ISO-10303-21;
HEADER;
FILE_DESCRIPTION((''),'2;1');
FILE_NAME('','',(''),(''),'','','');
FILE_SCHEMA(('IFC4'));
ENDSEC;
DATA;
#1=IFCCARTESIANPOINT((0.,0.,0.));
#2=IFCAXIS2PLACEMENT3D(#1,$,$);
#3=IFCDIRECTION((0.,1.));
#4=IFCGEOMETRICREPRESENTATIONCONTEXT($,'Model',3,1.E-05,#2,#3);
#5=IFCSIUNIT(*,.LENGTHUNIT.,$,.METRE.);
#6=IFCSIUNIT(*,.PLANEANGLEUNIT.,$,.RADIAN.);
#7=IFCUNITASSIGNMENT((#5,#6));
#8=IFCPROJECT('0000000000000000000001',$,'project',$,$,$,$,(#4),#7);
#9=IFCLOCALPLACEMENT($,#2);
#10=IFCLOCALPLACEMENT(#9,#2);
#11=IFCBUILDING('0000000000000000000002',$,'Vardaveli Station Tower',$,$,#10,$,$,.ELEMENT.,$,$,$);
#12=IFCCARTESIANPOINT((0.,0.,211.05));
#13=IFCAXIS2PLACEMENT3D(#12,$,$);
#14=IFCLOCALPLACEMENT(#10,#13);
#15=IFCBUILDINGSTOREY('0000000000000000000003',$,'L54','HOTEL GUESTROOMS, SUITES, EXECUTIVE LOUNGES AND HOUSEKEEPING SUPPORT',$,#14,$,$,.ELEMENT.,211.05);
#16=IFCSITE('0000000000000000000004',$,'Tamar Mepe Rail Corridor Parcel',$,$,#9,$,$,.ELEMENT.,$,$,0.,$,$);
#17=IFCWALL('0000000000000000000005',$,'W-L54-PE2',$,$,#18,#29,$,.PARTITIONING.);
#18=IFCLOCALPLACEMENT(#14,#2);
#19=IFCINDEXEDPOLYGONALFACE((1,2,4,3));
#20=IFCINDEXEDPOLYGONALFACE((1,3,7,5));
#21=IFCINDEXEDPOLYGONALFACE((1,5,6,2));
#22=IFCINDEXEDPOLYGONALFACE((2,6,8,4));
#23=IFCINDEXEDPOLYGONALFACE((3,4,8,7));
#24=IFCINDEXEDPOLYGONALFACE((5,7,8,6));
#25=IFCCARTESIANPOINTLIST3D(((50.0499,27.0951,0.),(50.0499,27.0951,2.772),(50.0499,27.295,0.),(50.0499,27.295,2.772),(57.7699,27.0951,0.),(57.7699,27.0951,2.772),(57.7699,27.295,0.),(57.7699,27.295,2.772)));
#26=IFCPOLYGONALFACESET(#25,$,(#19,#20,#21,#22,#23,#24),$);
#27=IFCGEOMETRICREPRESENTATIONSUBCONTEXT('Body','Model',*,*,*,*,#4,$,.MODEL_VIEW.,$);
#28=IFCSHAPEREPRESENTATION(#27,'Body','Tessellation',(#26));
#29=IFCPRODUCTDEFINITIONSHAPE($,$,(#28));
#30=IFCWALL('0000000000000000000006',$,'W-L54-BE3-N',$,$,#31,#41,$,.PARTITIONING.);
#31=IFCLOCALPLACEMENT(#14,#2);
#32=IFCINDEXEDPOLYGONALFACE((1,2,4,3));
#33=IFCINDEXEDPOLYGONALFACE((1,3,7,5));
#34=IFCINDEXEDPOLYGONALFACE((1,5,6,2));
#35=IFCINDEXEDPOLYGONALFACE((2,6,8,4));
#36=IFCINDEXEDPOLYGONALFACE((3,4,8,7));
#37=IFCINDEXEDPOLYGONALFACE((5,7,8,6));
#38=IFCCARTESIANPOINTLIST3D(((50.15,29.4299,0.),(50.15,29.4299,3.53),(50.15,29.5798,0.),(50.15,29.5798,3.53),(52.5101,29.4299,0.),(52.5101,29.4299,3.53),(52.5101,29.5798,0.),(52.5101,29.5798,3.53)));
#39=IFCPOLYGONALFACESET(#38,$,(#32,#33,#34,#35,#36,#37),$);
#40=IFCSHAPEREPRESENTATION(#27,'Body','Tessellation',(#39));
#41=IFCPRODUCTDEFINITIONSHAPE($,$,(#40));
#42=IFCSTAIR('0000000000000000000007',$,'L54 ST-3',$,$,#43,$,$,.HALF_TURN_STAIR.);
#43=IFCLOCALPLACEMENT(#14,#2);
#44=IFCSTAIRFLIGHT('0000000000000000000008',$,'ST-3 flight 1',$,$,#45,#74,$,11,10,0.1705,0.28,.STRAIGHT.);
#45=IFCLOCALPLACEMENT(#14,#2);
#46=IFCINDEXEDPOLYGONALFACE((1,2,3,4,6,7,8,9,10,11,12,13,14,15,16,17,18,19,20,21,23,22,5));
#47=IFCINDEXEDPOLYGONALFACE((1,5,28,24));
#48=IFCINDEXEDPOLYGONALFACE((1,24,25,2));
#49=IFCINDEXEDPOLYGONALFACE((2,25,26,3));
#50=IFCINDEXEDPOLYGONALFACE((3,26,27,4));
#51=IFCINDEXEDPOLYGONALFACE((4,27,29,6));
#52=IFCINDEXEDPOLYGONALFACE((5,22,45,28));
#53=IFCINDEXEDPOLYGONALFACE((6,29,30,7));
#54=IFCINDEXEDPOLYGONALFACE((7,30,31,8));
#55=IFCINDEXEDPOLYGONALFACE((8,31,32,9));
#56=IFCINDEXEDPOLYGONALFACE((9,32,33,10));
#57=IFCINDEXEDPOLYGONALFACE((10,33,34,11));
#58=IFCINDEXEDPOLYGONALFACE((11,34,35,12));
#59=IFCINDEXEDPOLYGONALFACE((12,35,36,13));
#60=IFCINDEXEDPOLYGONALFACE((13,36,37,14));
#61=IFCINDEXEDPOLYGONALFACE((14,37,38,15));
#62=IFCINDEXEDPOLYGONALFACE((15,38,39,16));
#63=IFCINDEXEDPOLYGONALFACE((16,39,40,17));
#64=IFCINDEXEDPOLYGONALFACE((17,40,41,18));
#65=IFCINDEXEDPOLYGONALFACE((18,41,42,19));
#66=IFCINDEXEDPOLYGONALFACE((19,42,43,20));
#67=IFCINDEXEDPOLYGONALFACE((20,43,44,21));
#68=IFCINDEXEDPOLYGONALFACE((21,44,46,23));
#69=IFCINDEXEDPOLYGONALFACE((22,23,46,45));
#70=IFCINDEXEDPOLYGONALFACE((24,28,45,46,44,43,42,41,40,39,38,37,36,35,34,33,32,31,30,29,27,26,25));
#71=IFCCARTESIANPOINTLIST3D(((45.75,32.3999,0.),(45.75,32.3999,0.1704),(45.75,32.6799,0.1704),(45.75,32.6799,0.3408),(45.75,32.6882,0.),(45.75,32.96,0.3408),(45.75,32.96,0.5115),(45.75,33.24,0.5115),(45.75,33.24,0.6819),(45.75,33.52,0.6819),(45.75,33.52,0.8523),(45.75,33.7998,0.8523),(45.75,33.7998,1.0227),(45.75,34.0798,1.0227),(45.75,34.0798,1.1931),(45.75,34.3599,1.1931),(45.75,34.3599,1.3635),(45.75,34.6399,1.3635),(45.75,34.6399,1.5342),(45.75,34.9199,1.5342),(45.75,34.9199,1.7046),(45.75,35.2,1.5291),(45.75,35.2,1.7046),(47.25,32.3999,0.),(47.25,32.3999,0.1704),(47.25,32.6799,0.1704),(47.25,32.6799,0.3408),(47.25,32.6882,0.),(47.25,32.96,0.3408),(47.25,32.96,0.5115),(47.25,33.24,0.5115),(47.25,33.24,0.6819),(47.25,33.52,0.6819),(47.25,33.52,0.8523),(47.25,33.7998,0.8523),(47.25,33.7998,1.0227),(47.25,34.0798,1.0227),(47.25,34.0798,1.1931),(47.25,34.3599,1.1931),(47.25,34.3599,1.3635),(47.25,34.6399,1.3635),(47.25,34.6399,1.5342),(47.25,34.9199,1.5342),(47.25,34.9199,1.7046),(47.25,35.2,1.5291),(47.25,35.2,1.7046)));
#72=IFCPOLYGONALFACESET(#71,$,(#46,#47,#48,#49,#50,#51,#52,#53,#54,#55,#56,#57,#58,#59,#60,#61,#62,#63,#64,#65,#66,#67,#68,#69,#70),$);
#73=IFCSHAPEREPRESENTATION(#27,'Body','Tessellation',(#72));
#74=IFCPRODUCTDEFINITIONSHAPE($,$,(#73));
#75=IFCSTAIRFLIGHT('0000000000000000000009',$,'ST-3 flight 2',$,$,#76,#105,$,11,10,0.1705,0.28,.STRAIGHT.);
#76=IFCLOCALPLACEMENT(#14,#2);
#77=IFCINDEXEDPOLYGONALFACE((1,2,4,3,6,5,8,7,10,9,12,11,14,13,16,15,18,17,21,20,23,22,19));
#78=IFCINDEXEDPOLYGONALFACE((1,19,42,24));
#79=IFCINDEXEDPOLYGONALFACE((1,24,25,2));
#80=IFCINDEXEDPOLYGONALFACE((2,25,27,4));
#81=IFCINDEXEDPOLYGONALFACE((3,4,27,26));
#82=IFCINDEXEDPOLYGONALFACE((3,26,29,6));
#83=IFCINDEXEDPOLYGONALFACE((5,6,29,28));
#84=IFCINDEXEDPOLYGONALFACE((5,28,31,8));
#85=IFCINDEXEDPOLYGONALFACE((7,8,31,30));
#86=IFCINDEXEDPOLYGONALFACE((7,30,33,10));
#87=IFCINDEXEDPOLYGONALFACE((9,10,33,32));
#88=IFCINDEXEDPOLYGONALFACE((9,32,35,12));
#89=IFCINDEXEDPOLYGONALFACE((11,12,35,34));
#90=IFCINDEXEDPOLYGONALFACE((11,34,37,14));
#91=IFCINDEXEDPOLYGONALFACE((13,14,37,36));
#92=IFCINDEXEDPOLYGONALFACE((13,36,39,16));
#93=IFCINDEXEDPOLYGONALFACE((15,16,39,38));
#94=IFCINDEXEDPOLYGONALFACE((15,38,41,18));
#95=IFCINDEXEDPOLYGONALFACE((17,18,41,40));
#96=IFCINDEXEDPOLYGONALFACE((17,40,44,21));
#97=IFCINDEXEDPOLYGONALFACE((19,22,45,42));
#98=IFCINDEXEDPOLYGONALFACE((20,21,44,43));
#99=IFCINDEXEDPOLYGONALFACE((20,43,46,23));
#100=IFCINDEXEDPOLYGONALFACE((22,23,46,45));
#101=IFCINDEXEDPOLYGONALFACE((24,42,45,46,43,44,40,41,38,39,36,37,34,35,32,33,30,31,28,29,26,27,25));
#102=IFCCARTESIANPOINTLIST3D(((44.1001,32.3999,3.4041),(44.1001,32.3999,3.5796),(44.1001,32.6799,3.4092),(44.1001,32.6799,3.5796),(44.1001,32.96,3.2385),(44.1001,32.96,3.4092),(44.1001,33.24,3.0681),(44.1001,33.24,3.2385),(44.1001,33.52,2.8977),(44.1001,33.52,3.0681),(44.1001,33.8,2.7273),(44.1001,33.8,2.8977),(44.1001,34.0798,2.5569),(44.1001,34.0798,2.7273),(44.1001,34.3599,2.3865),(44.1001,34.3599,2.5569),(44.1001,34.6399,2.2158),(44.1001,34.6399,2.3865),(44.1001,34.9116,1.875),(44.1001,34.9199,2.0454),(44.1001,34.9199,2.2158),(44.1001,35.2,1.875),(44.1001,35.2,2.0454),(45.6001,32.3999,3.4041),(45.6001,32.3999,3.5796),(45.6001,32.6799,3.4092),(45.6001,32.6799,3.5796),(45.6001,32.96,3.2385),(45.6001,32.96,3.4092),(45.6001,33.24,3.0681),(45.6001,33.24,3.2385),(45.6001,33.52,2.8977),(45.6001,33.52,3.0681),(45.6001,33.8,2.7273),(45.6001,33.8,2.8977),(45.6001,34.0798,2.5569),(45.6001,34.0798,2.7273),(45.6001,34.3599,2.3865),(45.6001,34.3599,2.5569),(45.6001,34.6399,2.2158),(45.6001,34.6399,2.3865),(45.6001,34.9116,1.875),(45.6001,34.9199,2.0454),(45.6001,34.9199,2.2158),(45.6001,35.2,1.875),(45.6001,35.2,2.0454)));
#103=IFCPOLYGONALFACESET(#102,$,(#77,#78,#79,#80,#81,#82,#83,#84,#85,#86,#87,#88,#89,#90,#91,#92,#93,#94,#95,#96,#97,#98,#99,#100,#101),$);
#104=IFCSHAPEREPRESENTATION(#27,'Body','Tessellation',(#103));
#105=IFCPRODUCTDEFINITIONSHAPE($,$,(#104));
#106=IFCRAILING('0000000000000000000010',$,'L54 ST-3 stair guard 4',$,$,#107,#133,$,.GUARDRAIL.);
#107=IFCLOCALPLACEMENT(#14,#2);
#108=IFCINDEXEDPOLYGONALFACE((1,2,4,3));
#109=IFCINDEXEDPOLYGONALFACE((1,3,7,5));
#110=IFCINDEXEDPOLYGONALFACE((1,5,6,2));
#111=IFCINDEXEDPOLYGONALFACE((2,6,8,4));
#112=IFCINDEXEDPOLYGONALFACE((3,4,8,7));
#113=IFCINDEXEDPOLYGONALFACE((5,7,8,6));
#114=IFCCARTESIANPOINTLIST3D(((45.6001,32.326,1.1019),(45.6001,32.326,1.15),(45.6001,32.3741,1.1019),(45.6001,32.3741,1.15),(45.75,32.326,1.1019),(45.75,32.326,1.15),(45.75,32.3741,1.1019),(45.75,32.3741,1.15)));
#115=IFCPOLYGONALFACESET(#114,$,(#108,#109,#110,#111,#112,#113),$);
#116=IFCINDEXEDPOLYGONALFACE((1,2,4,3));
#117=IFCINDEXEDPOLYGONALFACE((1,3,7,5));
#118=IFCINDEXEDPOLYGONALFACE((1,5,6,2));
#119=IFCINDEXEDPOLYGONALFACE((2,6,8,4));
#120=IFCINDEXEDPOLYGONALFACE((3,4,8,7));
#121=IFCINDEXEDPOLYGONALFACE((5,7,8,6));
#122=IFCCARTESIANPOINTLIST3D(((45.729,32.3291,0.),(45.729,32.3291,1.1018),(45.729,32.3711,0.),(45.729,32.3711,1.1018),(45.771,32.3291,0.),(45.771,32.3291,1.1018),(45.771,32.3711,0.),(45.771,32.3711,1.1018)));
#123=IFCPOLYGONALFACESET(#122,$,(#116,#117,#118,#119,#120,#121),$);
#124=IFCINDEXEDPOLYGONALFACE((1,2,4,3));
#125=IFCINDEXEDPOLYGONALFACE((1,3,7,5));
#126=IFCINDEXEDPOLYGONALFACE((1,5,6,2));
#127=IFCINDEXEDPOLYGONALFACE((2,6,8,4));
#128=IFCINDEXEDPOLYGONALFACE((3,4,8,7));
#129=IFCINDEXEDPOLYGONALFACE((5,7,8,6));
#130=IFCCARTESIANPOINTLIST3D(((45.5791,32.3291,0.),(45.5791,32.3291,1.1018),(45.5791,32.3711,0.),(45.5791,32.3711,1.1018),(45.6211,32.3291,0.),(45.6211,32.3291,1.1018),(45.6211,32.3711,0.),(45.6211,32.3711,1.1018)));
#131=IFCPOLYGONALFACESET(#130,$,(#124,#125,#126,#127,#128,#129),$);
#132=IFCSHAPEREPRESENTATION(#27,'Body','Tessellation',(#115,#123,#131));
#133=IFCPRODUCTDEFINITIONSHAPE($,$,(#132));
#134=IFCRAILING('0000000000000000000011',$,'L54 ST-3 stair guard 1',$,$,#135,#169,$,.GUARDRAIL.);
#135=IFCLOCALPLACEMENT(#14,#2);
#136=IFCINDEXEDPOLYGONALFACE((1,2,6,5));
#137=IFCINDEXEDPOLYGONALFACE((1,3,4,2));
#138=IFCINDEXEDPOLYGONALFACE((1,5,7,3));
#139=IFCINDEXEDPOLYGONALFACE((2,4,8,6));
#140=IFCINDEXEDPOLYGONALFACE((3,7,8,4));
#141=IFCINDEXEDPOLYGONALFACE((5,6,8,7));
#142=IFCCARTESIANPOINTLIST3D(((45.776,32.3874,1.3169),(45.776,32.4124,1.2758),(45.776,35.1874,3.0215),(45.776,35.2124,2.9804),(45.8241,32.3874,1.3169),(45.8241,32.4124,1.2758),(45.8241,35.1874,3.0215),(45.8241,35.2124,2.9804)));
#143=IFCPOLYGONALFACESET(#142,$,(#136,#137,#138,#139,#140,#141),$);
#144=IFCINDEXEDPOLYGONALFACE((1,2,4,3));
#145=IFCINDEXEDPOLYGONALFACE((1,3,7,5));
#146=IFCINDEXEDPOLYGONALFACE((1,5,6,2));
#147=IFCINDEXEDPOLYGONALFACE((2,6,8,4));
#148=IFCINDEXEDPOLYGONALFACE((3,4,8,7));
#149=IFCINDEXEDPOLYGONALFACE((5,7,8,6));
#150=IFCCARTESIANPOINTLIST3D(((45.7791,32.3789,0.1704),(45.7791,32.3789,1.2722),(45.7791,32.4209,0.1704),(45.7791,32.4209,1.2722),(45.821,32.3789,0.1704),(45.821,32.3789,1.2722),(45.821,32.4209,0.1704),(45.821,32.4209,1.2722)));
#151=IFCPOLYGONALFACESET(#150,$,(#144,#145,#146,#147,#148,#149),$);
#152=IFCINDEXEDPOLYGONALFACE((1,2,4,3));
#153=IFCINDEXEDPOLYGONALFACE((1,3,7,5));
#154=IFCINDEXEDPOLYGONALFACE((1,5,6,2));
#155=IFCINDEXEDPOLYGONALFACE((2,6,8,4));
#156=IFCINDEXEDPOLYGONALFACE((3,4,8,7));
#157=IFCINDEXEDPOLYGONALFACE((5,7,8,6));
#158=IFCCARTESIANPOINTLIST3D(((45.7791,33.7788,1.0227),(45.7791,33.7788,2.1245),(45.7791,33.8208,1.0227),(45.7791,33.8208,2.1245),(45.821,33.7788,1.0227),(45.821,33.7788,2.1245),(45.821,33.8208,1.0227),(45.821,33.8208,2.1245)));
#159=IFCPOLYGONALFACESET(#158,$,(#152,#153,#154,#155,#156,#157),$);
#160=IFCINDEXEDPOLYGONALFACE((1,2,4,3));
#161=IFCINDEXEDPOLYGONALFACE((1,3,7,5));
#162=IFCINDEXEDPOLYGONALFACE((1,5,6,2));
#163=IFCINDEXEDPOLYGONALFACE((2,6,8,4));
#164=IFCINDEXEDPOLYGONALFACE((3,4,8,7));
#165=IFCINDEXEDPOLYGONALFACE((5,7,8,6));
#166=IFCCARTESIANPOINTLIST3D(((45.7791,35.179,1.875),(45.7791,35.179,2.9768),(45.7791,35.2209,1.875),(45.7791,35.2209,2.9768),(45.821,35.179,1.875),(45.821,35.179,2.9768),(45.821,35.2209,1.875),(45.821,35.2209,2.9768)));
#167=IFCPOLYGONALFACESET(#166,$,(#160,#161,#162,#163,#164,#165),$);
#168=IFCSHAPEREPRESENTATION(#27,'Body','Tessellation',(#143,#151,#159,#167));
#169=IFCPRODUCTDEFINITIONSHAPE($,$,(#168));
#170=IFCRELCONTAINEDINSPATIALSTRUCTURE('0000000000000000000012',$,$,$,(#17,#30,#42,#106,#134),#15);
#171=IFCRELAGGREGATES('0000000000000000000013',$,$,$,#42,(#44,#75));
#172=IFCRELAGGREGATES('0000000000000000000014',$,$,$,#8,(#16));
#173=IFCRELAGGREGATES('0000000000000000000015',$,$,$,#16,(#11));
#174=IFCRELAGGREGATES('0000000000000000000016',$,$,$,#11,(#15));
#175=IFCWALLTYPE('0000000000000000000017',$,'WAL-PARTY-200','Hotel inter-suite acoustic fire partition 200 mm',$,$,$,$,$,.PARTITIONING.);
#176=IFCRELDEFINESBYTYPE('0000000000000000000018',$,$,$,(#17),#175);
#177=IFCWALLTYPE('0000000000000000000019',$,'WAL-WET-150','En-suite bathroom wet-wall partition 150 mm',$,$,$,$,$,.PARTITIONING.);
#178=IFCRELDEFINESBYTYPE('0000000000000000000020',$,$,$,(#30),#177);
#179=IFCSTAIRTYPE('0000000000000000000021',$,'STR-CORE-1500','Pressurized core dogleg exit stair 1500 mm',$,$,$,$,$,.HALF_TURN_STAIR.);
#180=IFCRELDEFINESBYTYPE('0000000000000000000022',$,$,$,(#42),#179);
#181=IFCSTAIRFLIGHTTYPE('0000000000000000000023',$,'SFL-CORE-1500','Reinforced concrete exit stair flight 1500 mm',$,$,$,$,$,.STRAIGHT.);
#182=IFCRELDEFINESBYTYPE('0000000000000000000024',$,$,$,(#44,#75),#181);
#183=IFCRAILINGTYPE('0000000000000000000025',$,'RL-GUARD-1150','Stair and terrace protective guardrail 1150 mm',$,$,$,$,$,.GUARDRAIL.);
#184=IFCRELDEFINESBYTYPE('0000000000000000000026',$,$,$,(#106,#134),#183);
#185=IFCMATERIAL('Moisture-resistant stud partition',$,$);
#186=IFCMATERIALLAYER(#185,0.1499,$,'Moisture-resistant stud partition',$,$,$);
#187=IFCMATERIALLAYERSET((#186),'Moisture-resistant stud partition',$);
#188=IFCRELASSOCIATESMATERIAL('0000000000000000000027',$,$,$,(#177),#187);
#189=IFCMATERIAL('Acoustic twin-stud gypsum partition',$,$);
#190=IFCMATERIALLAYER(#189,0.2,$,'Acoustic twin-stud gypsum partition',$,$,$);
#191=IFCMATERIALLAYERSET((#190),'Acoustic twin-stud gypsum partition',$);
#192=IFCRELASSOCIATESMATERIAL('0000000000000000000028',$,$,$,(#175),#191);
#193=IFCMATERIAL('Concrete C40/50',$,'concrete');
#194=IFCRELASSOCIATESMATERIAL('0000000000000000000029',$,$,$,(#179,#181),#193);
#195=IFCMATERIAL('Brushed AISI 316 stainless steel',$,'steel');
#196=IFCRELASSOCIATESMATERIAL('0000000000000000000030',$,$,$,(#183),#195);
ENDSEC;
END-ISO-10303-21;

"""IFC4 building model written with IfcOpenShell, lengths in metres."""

from ifc_helpers import new_model, si_unit, direction, frame, frame_2d, origin, origin_2d, place, context, subcontext, project, spatial, polyline, rectangle, outline, extrude, source, transform, mapped, material, layer, layer_set, type_object, element, aggregate, save


model = new_model("IFC4")

# Units and contexts
model_context = context("Model", 3, precision=1e-05, world=origin(), true_north=direction((0.0, 1.0)))
body_context = subcontext(model_context, "Body", "Model", "MODEL_VIEW")
ifc_project = project(units=[si_unit("LENGTHUNIT", "METRE"), si_unit("PLANEANGLEUNIT", "RADIAN")], contexts=[model_context])

# Site, building, storey
site_placement = place(None, origin())
site = spatial("IfcSite", under=ifc_project, at=site_placement, Name="Tamar Mepe Rail Corridor Parcel", CompositionType="ELEMENT", RefElevation=0.0)
building_placement = place(site_placement, origin())
building = spatial("IfcBuilding", under=site, at=building_placement, Name="Vardaveli Station Tower", CompositionType="ELEMENT")
storey_placement = place(building_placement, frame((0.0, 0.0, 211.05)))
storey = spatial("IfcBuildingStorey", under=building, at=storey_placement, Name="L54", Description="HOTEL GUESTROOMS, SUITES, EXECUTIVE LOUNGES AND HOUSEKEEPING SUPPORT", CompositionType="ELEMENT", Elevation=211.05)

# Shared definitions
ifc_material_1 = material(Name="Concrete C40/50", Category="concrete")

# Shared definitions
ifc_material_2 = material(Name="Moisture-resistant stud partition")
ifc_layer_1 = layer(ifc_material_2, 0.1499, Name="Moisture-resistant stud partition")
ifc_layer_set_1 = layer_set([ifc_layer_1], Name="Moisture-resistant stud partition")
wall_type_1 = type_object("IfcWallType", Name="WAL-WET-150", Description="En-suite bathroom wet-wall partition 150 mm", PredefinedType="PARTITIONING", material=ifc_layer_set_1)

# Walls
ifc_material_3 = material(Name="Acoustic twin-stud gypsum partition")
ifc_layer_2 = layer(ifc_material_3, 0.2, Name="Acoustic twin-stud gypsum partition")
ifc_layer_set_2 = layer_set([ifc_layer_2], Name="Acoustic twin-stud gypsum partition")
wall_type_2 = type_object("IfcWallType", Name="WAL-PARTY-200", Description="Hotel inter-suite acoustic fire partition 200 mm", PredefinedType="PARTITIONING", material=ifc_layer_set_2)
shared_shape_1 = source(origin(), body_context, "Body", "SweptSolid", [
    extrude(rectangle(XDim=7.72, YDim=0.2, at=frame_2d((3.8599, 0.0))), origin(), (0.0, 0.0, 1.0), 2.772),
])
wall_1_placement = place(storey_placement, frame((50.05, 27.1951, 0.0), z_axis=(0.0, 0.0, 1.0), x_axis=(1.0, 0.0, 0.0)))
element("IfcWall", 1, at=wall_1_placement, inside=storey, type_object=wall_type_2, Name="W-L54-PE2", PredefinedType="PARTITIONING", context=body_context, shape_type="MappedRepresentation", body=[
    mapped(shared_shape_1, transform((0.0, 0.0, 0.0), scale=1.0)),
])
shared_shape_2 = source(origin(), body_context, "Body", "SweptSolid", [
    extrude(rectangle(XDim=2.3601, YDim=0.1499, at=frame_2d((1.1802, 0.0))), origin(), (0.0, 0.0, 1.0), 3.53),
])
wall_2_placement = place(storey_placement, frame((50.1499, 29.5049, 0.0), z_axis=(0.0, 0.0, 1.0), x_axis=(1.0, 0.0, 0.0)))
element("IfcWall", 2, at=wall_2_placement, inside=storey, type_object=wall_type_1, Name="W-L54-BE3-N", PredefinedType="PARTITIONING", context=body_context, shape_type="MappedRepresentation", body=[
    mapped(shared_shape_2, transform((0.0, 0.0, 0.0), scale=1.0)),
])

# Stair, stair flights
stair_type = type_object("IfcStairType", Name="STR-CORE-1500", Description="Pressurized core dogleg exit stair 1500 mm", PredefinedType="HALF_TURN_STAIR", material=ifc_material_1)
stair_placement = place(storey_placement, origin())
stair = element("IfcStair", 3, at=stair_placement, inside=storey, type_object=stair_type, Name="L54 ST-3", PredefinedType="HALF_TURN_STAIR")
stair_flight_type = type_object("IfcStairFlightType", Name="SFL-CORE-1500", Description="Reinforced concrete exit stair flight 1500 mm", PredefinedType="STRAIGHT", material=ifc_material_1)
shared_shape_3 = source(origin(), body_context, "Body", "SweptSolid", [
    extrude(outline(polyline([(0.0, 0.0), (0.0, 0.1704), (0.28, 0.1704), (0.28, 0.3408), (0.5601, 0.3408), (0.5601, 0.5115), (0.8401, 0.5115), (0.8401, 0.6819), (1.1201, 0.6819), (1.1201, 0.8523), (1.3999, 0.8523), (1.3999, 1.0227), (1.6799, 1.0227), (1.6799, 1.1931), (1.96, 1.1931), (1.96, 1.3635), (2.24, 1.3635), (2.24, 1.5342), (2.52, 1.5342), (2.52, 1.7046), (2.8, 1.7046), (2.8, 1.875), (2.8, 1.5291), (0.2883, 0.0), (0.0, 0.0)])), frame((0.0, 0.75, 0.0), z_axis=(0.0, -1.0, 0.0), x_axis=(1.0, 0.0, 0.0)), (0.0, 0.0, 1.0), 1.5),
])
stair_flight_1_placement = place(storey_placement, frame((46.5, 32.3999, 0.0), z_axis=(0.0, 0.0, 1.0), x_axis=(0.0, 1.0, 0.0)))
stair_flight_1 = element("IfcStairFlight", 4, at=stair_flight_1_placement, type_object=stair_flight_type, Name="ST-3 flight 1", NumberOfRisers=11, NumberOfTreads=10, PredefinedType="STRAIGHT", RiserHeight=0.1705, TreadLength=0.28, context=body_context, shape_type="MappedRepresentation", body=[
    mapped(shared_shape_3, transform((0.0, 0.0, 0.0), scale=1.0)),
])
stair_flight_2_placement = place(storey_placement, frame((44.8501, 35.2, 1.875), z_axis=(0.0, 0.0, 1.0), x_axis=(0.0, -1.0, 0.0)))
stair_flight_2 = element("IfcStairFlight", 5, at=stair_flight_2_placement, type_object=stair_flight_type, Name="ST-3 flight 2", NumberOfRisers=11, NumberOfTreads=10, PredefinedType="STRAIGHT", RiserHeight=0.1705, TreadLength=0.28, context=body_context, shape_type="MappedRepresentation", body=[
    mapped(shared_shape_3, transform((0.0, 0.0, 0.0), scale=1.0)),
])
aggregate(stair, [stair_flight_1, stair_flight_2])

# Railings
ifc_material_4 = material(Name="Brushed AISI 316 stainless steel", Category="steel")
railing_type_1 = type_object("IfcRailingType", Name="RL-GUARD-1150", Description="Stair and terrace protective guardrail 1150 mm", PredefinedType="GUARDRAIL", material=ifc_material_4)
shared_shape_4 = source(origin(), body_context, "Body", "SweptSolid", [
    extrude(rectangle(XDim=0.0481, YDim=0.0481, at=origin_2d()), frame((0.0, 0.0, 1.126), z_axis=(-1.0, 0.0, 0.0), x_axis=(0.0, -1.0, 0.0)), (0.0, 0.0, 1.0), 0.1499),
    extrude(rectangle(XDim=0.042, YDim=0.042, at=origin_2d()), origin(), (0.0, 0.0, 1.0), 1.1018),
    extrude(rectangle(XDim=0.042, YDim=0.042, at=origin_2d()), frame((-0.1499, 0.0, 0.0)), (0.0, 0.0, 1.0), 1.1018),
])
railing_1_placement = place(storey_placement, frame((45.75, 32.3501, 0.0)))
element("IfcRailing", 6, at=railing_1_placement, inside=storey, type_object=railing_type_1, Name="L54 ST-3 stair guard 4", PredefinedType="GUARDRAIL", context=body_context, shape_type="MappedRepresentation", body=[
    mapped(shared_shape_4, transform((0.0, 0.0, 0.0), scale=1.0)),
])
shared_shape_5 = source(origin(), body_context, "Body", "SweptSolid", [
    extrude(rectangle(XDim=0.0481, YDim=0.0481, at=origin_2d()), frame((0.0, 0.0, 1.126), z_axis=(0.0, 0.85417, 0.519994), x_axis=(-1.0, 0.0, 0.0)), (0.0, 0.0, 1.0), 3.2781),
    extrude(rectangle(XDim=0.042, YDim=0.042, at=origin_2d()), origin(), (0.0, 0.0, 1.0), 1.1018),
    extrude(rectangle(XDim=0.042, YDim=0.042, at=origin_2d()), frame((0.0, 1.3999, 0.8523)), (0.0, 0.0, 1.0), 1.1018),
    extrude(rectangle(XDim=0.042, YDim=0.042, at=origin_2d()), frame((0.0, 2.8, 1.7046)), (0.0, 0.0, 1.0), 1.1018),
])
railing_2_placement = place(storey_placement, frame((45.8, 32.3999, 0.1704)))
element("IfcRailing", 7, at=railing_2_placement, inside=storey, type_object=railing_type_1, Name="L54 ST-3 stair guard 1", PredefinedType="GUARDRAIL", context=body_context, shape_type="MappedRepresentation", body=[
    mapped(shared_shape_5, transform((0.0, 0.0, 0.0), scale=1.0)),
])

save(model, "model.ifc")
